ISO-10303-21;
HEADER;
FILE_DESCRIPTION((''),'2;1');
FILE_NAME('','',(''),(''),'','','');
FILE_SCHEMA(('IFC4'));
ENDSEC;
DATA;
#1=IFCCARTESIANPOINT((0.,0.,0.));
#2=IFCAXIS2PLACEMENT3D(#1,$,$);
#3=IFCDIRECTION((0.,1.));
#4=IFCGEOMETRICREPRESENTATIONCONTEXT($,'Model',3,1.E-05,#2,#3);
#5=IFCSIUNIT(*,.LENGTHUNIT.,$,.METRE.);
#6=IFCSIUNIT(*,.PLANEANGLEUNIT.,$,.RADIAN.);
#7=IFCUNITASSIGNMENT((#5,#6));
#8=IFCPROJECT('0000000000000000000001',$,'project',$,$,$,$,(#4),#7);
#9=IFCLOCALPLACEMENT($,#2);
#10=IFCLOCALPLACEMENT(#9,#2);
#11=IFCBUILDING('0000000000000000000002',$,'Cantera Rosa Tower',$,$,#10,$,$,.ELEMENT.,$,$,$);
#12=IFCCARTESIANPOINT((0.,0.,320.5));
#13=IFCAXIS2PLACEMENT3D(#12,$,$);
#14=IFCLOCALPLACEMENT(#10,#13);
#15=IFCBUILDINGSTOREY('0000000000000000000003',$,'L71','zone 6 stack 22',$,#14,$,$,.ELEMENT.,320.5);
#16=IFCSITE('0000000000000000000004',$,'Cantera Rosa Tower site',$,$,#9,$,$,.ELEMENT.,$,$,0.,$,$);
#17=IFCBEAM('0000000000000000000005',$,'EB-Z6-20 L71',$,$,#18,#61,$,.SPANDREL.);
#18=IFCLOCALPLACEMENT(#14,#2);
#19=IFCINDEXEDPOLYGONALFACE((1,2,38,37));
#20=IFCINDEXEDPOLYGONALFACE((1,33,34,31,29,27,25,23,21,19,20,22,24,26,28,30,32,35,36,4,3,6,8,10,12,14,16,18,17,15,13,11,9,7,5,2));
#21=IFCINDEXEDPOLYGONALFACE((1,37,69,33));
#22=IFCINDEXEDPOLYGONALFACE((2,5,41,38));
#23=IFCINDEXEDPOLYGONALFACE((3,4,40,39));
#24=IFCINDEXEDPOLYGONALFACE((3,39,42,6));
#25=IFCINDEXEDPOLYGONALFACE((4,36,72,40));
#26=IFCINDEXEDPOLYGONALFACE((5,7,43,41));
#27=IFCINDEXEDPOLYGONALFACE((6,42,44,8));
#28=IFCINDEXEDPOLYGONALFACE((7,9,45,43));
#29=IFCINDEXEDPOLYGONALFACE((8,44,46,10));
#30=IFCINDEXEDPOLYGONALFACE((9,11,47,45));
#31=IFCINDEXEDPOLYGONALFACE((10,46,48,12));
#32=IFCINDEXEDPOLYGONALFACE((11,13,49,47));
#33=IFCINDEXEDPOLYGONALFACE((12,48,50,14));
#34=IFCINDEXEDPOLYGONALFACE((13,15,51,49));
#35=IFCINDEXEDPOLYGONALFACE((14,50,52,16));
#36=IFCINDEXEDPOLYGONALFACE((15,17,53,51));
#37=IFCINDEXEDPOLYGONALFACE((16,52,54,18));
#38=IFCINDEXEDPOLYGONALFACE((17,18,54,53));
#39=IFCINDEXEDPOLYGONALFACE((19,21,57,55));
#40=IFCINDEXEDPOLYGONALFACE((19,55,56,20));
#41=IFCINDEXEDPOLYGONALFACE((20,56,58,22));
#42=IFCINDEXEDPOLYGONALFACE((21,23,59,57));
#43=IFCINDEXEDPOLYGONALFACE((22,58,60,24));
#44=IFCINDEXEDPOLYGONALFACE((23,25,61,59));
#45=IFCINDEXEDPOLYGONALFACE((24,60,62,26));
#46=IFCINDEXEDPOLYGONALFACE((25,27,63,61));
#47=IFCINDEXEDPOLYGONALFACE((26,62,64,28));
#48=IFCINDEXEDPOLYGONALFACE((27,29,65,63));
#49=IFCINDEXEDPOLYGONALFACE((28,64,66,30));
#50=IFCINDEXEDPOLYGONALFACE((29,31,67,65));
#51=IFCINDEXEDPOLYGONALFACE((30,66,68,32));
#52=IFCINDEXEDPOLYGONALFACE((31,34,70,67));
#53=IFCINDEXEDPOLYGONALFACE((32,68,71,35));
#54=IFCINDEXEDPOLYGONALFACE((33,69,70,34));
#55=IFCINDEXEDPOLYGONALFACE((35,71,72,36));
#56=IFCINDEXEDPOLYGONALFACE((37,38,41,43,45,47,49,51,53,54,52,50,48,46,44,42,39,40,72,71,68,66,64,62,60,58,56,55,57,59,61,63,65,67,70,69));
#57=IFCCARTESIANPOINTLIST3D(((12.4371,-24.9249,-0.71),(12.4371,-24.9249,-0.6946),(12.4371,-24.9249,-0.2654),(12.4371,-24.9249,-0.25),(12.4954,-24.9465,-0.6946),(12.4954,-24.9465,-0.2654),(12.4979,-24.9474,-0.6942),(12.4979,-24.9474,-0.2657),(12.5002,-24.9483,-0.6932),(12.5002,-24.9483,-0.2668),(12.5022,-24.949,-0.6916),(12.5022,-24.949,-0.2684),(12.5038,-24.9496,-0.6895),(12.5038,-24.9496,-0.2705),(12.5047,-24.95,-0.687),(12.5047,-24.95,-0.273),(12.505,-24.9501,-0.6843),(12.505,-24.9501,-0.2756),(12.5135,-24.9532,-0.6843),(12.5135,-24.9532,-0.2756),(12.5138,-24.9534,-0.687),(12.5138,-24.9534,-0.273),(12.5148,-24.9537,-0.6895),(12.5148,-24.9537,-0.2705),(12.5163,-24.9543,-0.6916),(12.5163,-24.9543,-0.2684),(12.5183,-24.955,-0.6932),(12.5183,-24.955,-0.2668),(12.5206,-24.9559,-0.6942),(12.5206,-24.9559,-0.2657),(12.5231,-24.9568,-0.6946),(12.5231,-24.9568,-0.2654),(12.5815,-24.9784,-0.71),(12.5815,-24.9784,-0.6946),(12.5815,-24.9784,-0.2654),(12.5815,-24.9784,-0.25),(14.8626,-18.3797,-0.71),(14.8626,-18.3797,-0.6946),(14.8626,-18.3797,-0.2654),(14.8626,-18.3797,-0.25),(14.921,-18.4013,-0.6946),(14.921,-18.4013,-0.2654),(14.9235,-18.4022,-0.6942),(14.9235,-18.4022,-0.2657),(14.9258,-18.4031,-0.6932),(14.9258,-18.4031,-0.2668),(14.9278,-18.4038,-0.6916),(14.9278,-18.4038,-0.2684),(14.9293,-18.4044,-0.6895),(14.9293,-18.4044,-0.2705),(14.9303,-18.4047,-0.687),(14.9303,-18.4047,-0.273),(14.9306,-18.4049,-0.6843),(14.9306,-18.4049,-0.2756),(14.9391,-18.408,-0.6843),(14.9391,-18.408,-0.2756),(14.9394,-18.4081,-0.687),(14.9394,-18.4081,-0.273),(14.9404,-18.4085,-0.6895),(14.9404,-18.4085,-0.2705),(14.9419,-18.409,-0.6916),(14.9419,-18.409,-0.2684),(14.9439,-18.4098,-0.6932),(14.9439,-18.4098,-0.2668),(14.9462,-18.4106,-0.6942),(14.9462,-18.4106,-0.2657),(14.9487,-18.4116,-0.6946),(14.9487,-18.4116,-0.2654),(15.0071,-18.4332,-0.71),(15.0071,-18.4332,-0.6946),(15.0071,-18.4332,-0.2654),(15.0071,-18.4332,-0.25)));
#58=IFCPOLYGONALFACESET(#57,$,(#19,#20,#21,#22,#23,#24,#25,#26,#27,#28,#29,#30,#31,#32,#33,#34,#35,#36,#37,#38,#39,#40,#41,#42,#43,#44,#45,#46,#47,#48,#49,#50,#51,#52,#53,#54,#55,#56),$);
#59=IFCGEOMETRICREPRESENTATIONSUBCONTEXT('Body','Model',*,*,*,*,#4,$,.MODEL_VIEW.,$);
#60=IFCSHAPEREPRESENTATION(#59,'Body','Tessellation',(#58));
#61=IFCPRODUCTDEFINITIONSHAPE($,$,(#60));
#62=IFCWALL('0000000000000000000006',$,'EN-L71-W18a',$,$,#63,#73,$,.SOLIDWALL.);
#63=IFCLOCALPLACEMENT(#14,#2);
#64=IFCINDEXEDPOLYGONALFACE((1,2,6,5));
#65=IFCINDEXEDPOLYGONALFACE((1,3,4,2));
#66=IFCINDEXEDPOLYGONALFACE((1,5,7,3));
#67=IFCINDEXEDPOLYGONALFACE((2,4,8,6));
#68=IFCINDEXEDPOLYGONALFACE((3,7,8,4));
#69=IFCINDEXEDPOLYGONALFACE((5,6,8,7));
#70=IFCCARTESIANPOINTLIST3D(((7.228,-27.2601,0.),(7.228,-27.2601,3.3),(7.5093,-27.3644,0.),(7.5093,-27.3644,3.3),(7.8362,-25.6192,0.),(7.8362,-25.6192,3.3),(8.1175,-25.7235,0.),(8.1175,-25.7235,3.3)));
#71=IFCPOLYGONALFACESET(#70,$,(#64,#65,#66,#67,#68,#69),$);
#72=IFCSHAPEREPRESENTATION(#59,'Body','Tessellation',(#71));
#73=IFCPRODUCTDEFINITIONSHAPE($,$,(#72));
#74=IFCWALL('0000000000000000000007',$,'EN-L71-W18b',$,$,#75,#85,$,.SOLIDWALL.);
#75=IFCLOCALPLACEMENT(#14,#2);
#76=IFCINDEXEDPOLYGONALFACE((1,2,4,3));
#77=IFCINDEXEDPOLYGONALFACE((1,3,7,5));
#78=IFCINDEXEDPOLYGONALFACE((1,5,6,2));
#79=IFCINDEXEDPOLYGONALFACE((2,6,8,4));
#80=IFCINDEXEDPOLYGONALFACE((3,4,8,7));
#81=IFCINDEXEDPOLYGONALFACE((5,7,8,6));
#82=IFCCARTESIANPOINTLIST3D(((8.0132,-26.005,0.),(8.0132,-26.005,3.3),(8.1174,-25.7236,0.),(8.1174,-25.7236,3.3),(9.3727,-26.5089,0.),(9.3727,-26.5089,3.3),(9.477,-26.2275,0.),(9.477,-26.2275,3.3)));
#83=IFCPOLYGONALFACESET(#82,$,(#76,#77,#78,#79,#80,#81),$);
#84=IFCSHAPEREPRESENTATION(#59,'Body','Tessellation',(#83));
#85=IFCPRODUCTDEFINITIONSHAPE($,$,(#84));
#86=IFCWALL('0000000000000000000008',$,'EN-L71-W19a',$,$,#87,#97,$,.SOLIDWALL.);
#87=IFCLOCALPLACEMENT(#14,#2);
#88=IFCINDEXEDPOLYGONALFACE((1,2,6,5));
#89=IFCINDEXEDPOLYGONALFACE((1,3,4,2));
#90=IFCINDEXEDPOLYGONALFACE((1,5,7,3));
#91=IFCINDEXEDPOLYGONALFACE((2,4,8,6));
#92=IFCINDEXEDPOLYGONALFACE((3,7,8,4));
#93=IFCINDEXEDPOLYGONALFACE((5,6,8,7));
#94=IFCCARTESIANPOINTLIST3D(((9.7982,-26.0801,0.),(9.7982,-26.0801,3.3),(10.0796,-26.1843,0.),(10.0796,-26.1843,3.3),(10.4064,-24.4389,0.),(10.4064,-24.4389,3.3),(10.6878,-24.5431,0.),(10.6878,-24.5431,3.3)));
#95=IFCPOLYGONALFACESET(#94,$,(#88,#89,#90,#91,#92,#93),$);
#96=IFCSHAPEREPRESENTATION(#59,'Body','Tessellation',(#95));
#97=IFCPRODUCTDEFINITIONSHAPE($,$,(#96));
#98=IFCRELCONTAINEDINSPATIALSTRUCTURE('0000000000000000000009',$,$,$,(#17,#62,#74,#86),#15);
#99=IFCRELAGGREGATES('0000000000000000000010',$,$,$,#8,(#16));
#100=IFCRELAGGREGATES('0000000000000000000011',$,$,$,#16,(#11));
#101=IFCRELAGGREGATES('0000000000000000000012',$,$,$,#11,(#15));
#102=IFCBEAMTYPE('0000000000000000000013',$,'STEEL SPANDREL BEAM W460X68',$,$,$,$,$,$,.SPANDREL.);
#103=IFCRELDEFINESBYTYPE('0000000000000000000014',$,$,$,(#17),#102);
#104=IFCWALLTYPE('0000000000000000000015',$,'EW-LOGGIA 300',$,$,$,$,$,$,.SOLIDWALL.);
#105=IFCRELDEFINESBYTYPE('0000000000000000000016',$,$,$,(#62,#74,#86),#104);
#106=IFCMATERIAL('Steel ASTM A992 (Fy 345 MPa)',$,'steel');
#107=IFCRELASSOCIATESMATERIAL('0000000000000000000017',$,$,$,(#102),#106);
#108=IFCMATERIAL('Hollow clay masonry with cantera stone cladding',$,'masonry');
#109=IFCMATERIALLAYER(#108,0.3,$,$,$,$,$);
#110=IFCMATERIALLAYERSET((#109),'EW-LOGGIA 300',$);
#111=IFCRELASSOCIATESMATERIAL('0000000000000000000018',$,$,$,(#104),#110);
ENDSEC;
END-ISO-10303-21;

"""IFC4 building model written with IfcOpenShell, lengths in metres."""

from ifc_helpers import new_model, si_unit, direction, frame, frame_2d, origin, origin_2d, place, context, subcontext, project, spatial, rectangle, i_section, extrude, material, layer, layer_set, material_profile, profile_set, type_object, element, save


model = new_model("IFC4")

# Units and contexts
model_context = context("Model", 3, precision=1e-05, world=origin(), true_north=direction((0.0, 1.0)))
body_context = subcontext(model_context, "Body", "Model", "MODEL_VIEW")
ifc_project = project(units=[si_unit("LENGTHUNIT", "METRE"), si_unit("PLANEANGLEUNIT", "RADIAN")], contexts=[model_context])

# Site, building, storey
site_placement = place(None, origin())
site = spatial("IfcSite", under=ifc_project, at=site_placement, Name="Cantera Rosa Tower site", CompositionType="ELEMENT", RefElevation=0.0)
building_placement = place(site_placement, origin())
building = spatial("IfcBuilding", under=site, at=building_placement, Name="Cantera Rosa Tower", CompositionType="ELEMENT")
storey_placement = place(building_placement, frame((0.0, 0.0, 320.5)))
storey = spatial("IfcBuildingStorey", under=building, at=storey_placement, Name="L71", Description="zone 6 stack 22", CompositionType="ELEMENT", Elevation=320.5)

# Beam
ifc_material_1 = material(Name="Steel ASTM A992 (Fy 345 MPa)", Category="steel")
ifc_material_profile_1 = material_profile(ifc_material_1, i_section(OverallWidth=0.1541, OverallDepth=0.46, WebThickness=0.009, FlangeThickness=0.0154, FilletRadius=0.0103, at=origin_2d()), Name="W460X68")
ifc_profile_set_1 = profile_set([ifc_material_profile_1], Name="Steel ASTM A992 (Fy 345 MPa)")
beam_type_1 = type_object("IfcBeamType", Name="STEEL SPANDREL BEAM W460X68", PredefinedType="SPANDREL", material=ifc_profile_set_1)
beam_1_placement = place(storey_placement, frame((12.5093, -24.9517, -0.48), z_axis=(0.347491, 0.937683, 0.0), x_axis=(-0.937683, 0.347491, 0.0)))
element("IfcBeam", 1, at=beam_1_placement, inside=storey, type_object=beam_type_1, Name="EB-Z6-20 L71", PredefinedType="SPANDREL", context=body_context, shape_type="SweptSolid", body=[
    extrude(i_section(OverallWidth=0.1541, OverallDepth=0.46, WebThickness=0.009, FlangeThickness=0.0154, FilletRadius=0.0103, at=origin_2d()), origin(), (0.0, 0.0, 1.0), 6.9802),
])

# Walls
ifc_material_2 = material(Name="Hollow clay masonry with cantera stone cladding", Category="masonry")
ifc_layer_1 = layer(ifc_material_2, 0.3)
ifc_layer_set_1 = layer_set([ifc_layer_1], Name="EW-LOGGIA 300")
wall_type_1 = type_object("IfcWallType", Name="EW-LOGGIA 300", PredefinedType="SOLIDWALL", material=ifc_layer_set_1)
wall_1_placement = place(storey_placement, frame((7.3687, -27.3123, 0.0), z_axis=(0.0, 0.0, 1.0), x_axis=(0.347528, 0.93767, 0.0)))
element("IfcWall", 2, at=wall_1_placement, inside=storey, type_object=wall_type_1, Name="EN-L71-W18a", PredefinedType="SOLIDWALL", context=body_context, shape_type="SweptSolid", body=[
    extrude(rectangle(XDim=1.75, YDim=0.3, at=frame_2d((0.875, 0.0))), origin(), (0.0, 0.0, 1.0), 3.3),
])
wall_2_placement = place(storey_placement, frame((8.0652, -25.8643, 0.0), z_axis=(0.0, 0.0, 1.0), x_axis=(0.937672, -0.347523, 0.0)))
element("IfcWall", 3, at=wall_2_placement, inside=storey, type_object=wall_type_1, Name="EN-L71-W18b", PredefinedType="SOLIDWALL", context=body_context, shape_type="SweptSolid", body=[
    extrude(rectangle(XDim=1.45, YDim=0.3, at=frame_2d((0.7251, 0.0))), origin(), (0.0, 0.0, 1.0), 3.3),
])
wall_3_placement = place(storey_placement, frame((9.939, -26.1321, 0.0), z_axis=(0.0, 0.0, 1.0), x_axis=(0.347482, 0.937686, 0.0)))
element("IfcWall", 4, at=wall_3_placement, inside=storey, type_object=wall_type_1, Name="EN-L71-W19a", PredefinedType="SOLIDWALL", context=body_context, shape_type="SweptSolid", body=[
    extrude(rectangle(XDim=1.7502, YDim=0.3, at=frame_2d((0.875, 0.0))), origin(), (0.0, 0.0, 1.0), 3.3),
])

save(model, "model.ifc")
